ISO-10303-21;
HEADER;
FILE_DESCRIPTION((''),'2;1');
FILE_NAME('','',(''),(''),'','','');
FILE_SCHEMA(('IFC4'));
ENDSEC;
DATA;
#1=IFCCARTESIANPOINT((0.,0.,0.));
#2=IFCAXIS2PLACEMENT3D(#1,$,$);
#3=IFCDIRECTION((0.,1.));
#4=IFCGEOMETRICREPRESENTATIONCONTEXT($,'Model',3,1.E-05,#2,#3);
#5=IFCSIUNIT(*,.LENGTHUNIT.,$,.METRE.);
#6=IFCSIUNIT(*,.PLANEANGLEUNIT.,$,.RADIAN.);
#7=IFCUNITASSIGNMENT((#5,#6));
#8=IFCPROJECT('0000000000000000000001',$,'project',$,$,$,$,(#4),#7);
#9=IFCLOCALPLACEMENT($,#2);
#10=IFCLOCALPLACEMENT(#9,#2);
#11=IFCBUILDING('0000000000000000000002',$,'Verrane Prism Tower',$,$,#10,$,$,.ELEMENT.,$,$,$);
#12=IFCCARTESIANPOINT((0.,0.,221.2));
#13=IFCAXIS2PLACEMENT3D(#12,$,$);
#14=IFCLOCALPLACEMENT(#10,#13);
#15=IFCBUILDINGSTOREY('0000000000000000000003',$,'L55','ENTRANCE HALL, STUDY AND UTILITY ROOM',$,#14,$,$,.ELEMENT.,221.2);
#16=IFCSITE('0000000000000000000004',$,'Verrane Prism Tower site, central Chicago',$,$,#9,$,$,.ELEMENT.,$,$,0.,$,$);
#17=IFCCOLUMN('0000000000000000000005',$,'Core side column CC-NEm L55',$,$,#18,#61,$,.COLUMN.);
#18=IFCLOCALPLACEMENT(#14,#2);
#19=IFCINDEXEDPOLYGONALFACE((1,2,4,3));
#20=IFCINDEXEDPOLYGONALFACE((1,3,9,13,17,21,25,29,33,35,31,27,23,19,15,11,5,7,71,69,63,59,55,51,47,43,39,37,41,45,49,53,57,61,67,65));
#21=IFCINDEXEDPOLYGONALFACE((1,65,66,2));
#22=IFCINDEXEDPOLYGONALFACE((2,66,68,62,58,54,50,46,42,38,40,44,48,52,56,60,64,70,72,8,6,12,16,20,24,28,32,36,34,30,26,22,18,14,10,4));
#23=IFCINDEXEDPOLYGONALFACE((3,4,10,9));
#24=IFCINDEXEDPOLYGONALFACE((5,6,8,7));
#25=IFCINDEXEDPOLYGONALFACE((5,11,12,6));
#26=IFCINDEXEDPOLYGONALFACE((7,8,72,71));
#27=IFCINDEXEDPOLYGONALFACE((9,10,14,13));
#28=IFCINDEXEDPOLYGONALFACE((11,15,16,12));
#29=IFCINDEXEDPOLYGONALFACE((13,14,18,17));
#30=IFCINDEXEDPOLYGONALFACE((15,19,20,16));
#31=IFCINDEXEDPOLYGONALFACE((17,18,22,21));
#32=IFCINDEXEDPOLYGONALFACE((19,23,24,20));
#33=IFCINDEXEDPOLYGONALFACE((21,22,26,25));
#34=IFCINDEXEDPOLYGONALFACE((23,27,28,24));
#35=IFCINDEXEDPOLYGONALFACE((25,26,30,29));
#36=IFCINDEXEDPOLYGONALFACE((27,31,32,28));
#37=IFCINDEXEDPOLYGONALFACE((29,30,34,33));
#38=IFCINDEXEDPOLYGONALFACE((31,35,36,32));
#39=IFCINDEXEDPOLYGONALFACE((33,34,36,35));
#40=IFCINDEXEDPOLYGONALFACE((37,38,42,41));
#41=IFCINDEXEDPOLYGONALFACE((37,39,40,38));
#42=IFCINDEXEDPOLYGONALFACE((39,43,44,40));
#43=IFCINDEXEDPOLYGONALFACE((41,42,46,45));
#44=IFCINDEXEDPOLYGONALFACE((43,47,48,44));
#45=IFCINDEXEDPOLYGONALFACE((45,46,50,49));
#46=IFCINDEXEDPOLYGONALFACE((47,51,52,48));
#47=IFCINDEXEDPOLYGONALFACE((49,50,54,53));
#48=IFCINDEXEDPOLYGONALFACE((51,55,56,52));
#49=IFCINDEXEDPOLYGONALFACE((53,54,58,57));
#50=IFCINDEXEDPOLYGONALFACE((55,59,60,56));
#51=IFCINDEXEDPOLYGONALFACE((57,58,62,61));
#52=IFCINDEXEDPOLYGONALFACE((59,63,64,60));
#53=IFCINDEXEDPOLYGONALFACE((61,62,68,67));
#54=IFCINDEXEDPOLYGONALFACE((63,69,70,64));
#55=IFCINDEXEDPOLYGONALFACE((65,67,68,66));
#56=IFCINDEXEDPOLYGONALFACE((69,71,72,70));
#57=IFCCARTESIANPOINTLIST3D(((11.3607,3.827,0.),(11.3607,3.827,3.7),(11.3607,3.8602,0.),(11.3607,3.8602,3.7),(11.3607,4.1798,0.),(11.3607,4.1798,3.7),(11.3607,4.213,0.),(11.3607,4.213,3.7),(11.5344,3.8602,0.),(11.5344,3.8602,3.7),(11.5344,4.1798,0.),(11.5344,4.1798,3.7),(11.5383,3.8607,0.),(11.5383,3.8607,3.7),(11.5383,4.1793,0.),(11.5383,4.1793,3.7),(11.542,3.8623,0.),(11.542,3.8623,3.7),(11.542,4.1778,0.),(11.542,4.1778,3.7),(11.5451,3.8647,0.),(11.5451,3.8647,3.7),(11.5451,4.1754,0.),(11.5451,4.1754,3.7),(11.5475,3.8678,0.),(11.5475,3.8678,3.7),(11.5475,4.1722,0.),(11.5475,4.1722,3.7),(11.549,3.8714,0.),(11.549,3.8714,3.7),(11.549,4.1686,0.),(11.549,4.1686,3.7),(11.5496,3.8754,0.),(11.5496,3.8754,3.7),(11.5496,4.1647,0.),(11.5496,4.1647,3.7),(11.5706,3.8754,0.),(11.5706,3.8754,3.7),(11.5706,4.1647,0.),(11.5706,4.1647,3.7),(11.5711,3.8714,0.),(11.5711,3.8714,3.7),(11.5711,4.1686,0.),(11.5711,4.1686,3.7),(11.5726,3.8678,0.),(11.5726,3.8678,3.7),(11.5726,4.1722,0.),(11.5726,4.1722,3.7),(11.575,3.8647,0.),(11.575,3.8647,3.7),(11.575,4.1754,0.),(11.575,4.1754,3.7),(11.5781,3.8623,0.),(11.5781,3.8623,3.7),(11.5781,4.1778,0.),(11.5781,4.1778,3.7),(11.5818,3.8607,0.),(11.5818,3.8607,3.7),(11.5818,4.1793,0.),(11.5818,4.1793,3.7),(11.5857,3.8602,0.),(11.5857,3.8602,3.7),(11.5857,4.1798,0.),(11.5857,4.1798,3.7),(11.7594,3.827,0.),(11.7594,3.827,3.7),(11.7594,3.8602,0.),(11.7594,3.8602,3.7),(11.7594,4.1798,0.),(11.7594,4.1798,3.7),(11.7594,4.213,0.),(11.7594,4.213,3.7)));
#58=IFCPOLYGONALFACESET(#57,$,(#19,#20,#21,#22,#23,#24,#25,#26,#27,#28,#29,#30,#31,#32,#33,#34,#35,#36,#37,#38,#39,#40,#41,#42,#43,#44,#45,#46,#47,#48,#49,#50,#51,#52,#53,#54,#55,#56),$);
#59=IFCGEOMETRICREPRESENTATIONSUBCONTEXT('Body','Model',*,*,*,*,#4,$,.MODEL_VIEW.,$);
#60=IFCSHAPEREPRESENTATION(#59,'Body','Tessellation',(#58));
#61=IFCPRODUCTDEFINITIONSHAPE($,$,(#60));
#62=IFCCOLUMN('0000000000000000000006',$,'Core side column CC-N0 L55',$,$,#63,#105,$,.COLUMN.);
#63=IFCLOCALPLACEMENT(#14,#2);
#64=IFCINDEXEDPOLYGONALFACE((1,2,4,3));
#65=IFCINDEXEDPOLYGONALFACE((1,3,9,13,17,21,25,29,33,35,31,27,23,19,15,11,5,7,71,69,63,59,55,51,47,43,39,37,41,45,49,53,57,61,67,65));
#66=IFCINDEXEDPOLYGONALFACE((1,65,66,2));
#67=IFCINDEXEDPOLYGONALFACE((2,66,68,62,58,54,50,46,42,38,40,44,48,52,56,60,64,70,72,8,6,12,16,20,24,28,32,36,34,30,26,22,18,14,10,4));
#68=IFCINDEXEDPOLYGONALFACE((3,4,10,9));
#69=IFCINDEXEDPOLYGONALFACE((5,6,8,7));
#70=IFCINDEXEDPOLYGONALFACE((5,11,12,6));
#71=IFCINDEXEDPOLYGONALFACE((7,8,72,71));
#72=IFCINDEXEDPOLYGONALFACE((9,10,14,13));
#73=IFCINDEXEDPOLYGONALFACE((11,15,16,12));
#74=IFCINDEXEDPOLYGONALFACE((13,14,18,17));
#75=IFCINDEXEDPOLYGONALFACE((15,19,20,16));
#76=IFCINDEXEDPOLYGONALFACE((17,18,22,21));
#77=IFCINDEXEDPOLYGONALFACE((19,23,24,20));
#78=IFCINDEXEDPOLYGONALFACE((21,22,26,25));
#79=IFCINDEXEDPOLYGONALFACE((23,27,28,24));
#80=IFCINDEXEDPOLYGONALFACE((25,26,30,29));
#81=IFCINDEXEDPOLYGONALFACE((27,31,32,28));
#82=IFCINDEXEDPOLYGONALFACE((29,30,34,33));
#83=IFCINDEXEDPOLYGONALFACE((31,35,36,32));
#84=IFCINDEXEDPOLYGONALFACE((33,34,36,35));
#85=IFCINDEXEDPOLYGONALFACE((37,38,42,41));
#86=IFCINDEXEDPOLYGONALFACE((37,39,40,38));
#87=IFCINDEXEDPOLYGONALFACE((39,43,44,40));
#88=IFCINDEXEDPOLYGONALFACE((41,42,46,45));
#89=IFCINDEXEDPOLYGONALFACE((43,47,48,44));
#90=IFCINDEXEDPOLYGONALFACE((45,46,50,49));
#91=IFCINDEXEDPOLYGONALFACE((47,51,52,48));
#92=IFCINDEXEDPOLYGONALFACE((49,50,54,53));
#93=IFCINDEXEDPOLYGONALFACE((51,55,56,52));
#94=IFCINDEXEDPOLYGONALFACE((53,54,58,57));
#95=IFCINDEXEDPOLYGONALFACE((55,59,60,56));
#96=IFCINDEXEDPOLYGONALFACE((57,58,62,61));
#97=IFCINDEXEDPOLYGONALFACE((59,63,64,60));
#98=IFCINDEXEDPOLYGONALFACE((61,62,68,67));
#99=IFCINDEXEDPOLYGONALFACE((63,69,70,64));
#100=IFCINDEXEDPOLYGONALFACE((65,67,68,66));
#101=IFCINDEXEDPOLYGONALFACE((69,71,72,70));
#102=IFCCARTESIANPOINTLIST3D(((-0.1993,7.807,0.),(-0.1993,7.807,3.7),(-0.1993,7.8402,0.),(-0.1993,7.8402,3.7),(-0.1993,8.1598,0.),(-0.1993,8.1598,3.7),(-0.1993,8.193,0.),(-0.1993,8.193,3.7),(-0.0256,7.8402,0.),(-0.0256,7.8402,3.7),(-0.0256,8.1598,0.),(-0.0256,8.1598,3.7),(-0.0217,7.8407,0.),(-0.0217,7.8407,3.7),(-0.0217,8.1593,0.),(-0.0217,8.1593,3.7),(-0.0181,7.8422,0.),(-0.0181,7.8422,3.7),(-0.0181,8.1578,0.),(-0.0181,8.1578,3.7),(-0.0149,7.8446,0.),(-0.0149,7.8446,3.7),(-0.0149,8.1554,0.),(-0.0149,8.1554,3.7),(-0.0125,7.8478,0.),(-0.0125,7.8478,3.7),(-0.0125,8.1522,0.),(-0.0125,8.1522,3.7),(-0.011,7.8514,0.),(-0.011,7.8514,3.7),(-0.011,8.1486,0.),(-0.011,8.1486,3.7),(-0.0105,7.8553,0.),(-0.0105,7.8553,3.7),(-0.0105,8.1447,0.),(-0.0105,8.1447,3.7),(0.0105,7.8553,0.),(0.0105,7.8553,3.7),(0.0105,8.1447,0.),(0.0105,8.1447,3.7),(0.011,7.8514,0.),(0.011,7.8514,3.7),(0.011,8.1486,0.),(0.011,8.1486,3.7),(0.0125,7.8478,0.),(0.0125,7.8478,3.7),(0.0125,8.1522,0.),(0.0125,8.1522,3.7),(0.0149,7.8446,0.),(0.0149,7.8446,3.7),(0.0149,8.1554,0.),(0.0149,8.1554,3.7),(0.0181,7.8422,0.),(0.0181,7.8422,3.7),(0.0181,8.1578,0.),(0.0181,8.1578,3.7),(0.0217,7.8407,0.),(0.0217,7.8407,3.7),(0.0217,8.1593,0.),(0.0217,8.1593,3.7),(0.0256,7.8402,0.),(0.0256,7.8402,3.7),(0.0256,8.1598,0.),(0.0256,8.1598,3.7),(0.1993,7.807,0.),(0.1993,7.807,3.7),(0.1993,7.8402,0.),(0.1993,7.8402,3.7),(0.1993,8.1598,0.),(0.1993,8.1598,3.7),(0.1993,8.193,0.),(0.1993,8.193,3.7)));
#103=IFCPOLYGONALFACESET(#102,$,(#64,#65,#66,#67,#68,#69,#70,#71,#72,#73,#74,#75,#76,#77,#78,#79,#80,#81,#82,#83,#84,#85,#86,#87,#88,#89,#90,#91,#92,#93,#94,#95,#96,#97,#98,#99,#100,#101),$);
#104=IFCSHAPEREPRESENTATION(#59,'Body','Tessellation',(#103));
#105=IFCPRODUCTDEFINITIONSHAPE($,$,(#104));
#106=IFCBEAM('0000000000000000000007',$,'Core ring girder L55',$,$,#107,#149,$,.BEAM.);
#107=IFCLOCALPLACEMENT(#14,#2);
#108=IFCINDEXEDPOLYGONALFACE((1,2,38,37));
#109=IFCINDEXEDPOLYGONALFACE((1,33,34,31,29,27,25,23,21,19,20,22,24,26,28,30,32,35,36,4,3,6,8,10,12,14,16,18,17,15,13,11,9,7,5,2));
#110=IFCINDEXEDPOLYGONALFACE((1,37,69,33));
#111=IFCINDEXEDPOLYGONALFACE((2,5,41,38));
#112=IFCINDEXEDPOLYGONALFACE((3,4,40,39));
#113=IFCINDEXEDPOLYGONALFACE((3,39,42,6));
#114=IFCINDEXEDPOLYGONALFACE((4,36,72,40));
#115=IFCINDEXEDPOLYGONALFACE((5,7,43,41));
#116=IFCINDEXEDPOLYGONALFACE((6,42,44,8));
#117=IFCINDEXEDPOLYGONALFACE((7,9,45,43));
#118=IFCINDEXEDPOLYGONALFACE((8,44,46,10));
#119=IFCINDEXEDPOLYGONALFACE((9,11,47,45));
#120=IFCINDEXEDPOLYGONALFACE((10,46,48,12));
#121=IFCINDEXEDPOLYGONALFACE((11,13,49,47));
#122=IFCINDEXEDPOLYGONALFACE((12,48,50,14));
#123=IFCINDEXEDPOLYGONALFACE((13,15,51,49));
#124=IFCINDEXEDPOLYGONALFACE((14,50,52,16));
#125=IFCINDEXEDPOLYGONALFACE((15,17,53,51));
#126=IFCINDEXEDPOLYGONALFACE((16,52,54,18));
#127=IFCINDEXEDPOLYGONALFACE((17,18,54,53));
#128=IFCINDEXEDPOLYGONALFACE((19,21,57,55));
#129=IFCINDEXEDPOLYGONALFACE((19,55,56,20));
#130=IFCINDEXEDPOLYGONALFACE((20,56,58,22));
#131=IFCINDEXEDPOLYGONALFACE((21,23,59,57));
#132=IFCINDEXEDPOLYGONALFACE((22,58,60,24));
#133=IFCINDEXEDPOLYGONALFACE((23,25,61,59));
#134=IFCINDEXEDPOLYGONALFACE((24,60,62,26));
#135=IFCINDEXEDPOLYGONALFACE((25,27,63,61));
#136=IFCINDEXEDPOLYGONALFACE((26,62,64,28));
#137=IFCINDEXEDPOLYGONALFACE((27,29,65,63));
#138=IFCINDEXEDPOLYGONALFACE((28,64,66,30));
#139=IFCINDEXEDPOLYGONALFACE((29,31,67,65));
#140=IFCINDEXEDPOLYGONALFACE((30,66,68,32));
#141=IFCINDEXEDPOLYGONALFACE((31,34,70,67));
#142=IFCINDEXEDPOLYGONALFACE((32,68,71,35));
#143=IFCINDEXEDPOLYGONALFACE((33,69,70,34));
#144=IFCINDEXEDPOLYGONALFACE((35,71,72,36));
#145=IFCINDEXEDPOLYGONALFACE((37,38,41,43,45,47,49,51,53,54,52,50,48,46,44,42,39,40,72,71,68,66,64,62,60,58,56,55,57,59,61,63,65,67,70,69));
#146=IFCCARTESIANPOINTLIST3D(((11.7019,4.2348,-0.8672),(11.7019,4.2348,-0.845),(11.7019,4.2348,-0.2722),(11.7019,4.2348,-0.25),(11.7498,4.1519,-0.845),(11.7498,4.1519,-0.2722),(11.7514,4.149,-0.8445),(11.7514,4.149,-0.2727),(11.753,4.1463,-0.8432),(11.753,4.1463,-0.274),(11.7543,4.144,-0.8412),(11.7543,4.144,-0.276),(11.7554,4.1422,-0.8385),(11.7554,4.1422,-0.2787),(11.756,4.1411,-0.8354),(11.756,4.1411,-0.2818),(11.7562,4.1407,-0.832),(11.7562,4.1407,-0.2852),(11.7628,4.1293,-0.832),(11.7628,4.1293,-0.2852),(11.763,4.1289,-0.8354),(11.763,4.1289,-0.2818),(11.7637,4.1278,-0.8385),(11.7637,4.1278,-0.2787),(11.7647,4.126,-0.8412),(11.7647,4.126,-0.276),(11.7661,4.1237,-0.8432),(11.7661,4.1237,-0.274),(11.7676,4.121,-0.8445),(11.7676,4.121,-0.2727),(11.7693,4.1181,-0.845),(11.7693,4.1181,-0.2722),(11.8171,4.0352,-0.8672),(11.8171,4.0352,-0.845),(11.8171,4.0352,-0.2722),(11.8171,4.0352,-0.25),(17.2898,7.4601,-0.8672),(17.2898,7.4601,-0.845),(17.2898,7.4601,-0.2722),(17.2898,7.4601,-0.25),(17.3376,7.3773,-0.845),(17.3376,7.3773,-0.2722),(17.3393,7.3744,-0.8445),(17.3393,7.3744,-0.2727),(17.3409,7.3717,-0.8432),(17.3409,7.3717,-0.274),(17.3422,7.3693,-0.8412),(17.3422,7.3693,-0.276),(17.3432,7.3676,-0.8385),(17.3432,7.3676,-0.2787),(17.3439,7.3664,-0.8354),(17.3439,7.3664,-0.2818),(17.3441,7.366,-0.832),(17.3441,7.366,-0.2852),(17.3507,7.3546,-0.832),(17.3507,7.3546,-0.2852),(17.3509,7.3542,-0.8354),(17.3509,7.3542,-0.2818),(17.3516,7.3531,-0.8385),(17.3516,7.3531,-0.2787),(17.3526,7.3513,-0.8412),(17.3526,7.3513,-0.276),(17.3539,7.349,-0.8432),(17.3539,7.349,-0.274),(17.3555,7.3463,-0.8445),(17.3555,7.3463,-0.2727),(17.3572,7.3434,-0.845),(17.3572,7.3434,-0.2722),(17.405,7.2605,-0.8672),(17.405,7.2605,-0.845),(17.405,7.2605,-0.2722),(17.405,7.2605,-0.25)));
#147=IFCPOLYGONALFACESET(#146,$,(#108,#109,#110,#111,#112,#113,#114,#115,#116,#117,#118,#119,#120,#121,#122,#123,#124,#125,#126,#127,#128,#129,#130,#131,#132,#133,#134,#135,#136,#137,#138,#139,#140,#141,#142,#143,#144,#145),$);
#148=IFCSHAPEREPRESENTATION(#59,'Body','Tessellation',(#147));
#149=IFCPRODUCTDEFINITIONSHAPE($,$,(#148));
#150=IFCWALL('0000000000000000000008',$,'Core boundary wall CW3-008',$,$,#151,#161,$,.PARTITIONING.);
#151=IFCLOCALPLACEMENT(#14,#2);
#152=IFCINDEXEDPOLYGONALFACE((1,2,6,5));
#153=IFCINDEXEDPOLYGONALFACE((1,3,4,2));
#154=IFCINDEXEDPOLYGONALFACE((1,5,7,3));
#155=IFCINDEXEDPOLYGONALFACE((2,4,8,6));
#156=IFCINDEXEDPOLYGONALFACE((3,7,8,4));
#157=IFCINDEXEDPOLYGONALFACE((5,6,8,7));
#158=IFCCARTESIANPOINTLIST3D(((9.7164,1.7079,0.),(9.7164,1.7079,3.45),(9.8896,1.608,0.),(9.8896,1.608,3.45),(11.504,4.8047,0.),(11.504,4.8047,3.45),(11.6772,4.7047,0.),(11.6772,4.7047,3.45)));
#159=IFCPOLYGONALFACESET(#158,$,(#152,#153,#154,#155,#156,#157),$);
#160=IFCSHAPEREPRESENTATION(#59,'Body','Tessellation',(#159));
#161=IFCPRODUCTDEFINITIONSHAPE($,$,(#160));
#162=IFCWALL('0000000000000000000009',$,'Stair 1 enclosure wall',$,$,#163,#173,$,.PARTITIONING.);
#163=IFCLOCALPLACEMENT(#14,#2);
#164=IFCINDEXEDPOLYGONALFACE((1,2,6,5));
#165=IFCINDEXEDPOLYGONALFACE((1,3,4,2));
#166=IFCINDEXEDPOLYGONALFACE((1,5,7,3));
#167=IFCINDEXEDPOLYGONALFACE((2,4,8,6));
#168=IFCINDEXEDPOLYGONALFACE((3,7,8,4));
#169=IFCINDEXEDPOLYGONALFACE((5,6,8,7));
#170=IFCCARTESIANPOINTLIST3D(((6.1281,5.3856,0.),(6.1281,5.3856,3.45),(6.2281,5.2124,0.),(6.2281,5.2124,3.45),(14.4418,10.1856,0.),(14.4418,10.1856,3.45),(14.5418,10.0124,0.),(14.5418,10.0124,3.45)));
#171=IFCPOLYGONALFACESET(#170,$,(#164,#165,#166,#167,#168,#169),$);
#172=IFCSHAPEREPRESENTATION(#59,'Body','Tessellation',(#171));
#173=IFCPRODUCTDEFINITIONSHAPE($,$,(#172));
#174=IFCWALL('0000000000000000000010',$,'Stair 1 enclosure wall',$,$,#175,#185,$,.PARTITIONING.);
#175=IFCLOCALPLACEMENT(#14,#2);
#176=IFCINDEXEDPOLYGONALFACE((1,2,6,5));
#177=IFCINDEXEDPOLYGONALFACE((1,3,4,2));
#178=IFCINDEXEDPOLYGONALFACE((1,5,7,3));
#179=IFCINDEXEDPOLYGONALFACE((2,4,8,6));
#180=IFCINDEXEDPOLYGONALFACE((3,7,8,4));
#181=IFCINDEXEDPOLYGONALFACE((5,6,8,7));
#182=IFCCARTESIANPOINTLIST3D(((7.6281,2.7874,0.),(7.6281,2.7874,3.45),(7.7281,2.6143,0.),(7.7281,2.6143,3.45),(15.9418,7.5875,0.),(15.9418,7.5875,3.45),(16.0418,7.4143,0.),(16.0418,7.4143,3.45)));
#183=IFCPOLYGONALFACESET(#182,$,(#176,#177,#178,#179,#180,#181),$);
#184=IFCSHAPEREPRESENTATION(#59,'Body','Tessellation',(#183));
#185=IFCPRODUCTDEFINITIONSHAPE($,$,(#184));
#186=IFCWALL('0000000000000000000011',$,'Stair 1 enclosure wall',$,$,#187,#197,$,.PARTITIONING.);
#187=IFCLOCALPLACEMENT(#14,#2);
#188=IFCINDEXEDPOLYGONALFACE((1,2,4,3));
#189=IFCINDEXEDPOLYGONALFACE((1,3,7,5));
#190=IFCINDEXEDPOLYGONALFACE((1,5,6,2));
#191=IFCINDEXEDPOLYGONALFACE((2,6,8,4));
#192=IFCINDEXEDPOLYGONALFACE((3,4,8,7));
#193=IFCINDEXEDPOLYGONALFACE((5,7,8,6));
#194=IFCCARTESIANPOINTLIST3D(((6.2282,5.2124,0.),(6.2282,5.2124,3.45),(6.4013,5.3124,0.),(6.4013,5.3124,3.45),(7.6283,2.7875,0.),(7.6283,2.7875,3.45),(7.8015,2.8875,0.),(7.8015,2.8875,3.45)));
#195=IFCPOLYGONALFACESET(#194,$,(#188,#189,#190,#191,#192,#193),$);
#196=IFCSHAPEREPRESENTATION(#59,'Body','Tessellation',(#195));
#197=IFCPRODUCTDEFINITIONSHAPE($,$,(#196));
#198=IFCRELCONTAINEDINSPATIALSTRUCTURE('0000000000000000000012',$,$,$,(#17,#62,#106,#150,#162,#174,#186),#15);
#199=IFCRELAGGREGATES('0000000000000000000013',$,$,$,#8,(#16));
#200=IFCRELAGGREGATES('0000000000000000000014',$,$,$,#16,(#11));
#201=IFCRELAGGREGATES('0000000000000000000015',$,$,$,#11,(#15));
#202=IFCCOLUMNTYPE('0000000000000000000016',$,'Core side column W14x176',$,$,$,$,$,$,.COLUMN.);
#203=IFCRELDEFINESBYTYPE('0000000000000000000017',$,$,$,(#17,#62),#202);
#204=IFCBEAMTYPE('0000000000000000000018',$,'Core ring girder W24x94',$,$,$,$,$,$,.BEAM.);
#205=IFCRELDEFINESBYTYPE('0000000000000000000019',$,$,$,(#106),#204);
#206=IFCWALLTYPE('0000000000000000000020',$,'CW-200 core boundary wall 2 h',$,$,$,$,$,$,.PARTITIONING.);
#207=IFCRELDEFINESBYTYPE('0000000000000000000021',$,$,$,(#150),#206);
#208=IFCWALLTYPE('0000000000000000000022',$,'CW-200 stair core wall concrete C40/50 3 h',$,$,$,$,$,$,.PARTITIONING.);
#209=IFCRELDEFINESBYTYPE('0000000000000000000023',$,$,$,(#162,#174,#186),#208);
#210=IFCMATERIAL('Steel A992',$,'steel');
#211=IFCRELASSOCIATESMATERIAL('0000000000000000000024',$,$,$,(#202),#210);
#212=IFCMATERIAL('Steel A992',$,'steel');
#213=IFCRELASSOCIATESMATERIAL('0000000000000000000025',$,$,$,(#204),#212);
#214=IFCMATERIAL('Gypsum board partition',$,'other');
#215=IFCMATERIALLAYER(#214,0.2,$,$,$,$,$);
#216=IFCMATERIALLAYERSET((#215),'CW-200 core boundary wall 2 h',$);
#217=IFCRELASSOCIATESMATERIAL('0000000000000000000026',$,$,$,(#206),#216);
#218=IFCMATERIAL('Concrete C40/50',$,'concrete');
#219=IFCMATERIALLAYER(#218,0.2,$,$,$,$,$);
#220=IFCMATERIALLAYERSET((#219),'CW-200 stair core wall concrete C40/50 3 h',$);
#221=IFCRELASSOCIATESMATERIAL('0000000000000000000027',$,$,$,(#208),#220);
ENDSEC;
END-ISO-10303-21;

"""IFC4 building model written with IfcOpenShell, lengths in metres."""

from ifc_helpers import new_model, si_unit, direction, frame, frame_2d, origin, origin_2d, place, context, subcontext, project, spatial, rectangle, i_section, extrude, material, layer, layer_set, material_profile, profile_set, type_object, element, save


model = new_model("IFC4")

# Units and contexts
model_context = context("Model", 3, precision=1e-05, world=origin(), true_north=direction((0.0, 1.0)))
body_context = subcontext(model_context, "Body", "Model", "MODEL_VIEW")
ifc_project = project(units=[si_unit("LENGTHUNIT", "METRE"), si_unit("PLANEANGLEUNIT", "RADIAN")], contexts=[model_context])

# Site, building, storey
site_placement = place(None, origin())
site = spatial("IfcSite", under=ifc_project, at=site_placement, Name="Verrane Prism Tower site, central Chicago", CompositionType="ELEMENT", RefElevation=0.0)
building_placement = place(site_placement, origin())
building = spatial("IfcBuilding", under=site, at=building_placement, Name="Verrane Prism Tower", CompositionType="ELEMENT")
storey_placement = place(building_placement, frame((0.0, 0.0, 221.2)))
storey = spatial("IfcBuildingStorey", under=building, at=storey_placement, Name="L55", Description="ENTRANCE HALL, STUDY AND UTILITY ROOM", CompositionType="ELEMENT", Elevation=221.2)

# Columns
ifc_material_1 = material(Name="Steel A992", Category="steel")
ifc_material_profile_1 = material_profile(ifc_material_1, i_section(OverallWidth=0.3987, OverallDepth=0.386, WebThickness=0.021, FlangeThickness=0.0332, FilletRadius=0.0151, at=origin_2d()), Name="W14x176")
ifc_profile_set_1 = profile_set([ifc_material_profile_1], Name="Steel A992")
column_type = type_object("IfcColumnType", Name="Core side column W14x176", PredefinedType="COLUMN", material=ifc_profile_set_1)
for number, where, z_axis, x_axis, name in (
    (1, (11.5601, 4.02, 0.0), (0.0, 0.0, 1.0), (1.0, 0.0, 0.0), "Core side column CC-NEm L55"),
    (2, (0.0, 8.0, 0.0), (0.0, 0.0, 1.0), (1.0, 0.0, 0.0), "Core side column CC-N0 L55"),
):
    element("IfcColumn", number, at=place(storey_placement, frame(where, z_axis=z_axis, x_axis=x_axis)), inside=storey, type_object=column_type, Name=name, PredefinedType="COLUMN", context=body_context, shape_type="SweptSolid", body=[
        extrude(i_section(OverallWidth=0.3987, OverallDepth=0.386, WebThickness=0.021, FlangeThickness=0.0332, FilletRadius=0.0151, at=origin_2d()), origin(), (0.0, 0.0, 1.0), 3.7),
    ])

# Beam
ifc_material_2 = material(Name="Steel A992", Category="steel")
ifc_material_profile_2 = material_profile(ifc_material_2, i_section(OverallWidth=0.2305, OverallDepth=0.6172, WebThickness=0.0132, FlangeThickness=0.0222, FilletRadius=0.0129, at=origin_2d()), Name="W24x94")
ifc_profile_set_2 = profile_set([ifc_material_profile_2], Name="Steel A992")
beam_type = type_object("IfcBeamType", Name="Core ring girder W24x94", PredefinedType="BEAM", material=ifc_profile_set_2)
beam_placement = place(storey_placement, frame((11.7595, 4.135, -0.5586), z_axis=(0.866081, 0.499904, 0.0), x_axis=(-0.499904, 0.866081, 0.0)))
element("IfcBeam", 3, at=beam_placement, inside=storey, type_object=beam_type, Name="Core ring girder L55", PredefinedType="BEAM", context=body_context, shape_type="SweptSolid", body=[
    extrude(i_section(OverallWidth=0.2305, OverallDepth=0.6172, WebThickness=0.0132, FlangeThickness=0.0222, FilletRadius=0.0129, at=origin_2d()), origin(), (0.0, 0.0, 1.0), 6.4519),
])

# Walls
ifc_material_3 = material(Name="Gypsum board partition", Category="other")
ifc_layer_1 = layer(ifc_material_3, 0.2)
ifc_layer_set_1 = layer_set([ifc_layer_1], Name="CW-200 core boundary wall 2 h")
wall_type_1 = type_object("IfcWallType", Name="CW-200 core boundary wall 2 h", PredefinedType="PARTITIONING", material=ifc_layer_set_1)
wall_1_placement = place(storey_placement, frame((9.803, 1.658, 0.0), z_axis=(0.0, 0.0, 1.0), x_axis=(0.499943, 0.866058, 0.0)))
element("IfcWall", 4, at=wall_1_placement, inside=storey, type_object=wall_type_1, Name="Core boundary wall CW3-008", PredefinedType="PARTITIONING", context=body_context, shape_type="SweptSolid", body=[
    extrude(rectangle(XDim=3.5757, YDim=0.2, at=frame_2d((1.7878, 0.0))), origin(), (0.0, 0.0, 1.0), 3.45),
])
ifc_material_4 = material(Name="Concrete C40/50", Category="concrete")
ifc_layer_2 = layer(ifc_material_4, 0.2)
ifc_layer_set_2 = layer_set([ifc_layer_2], Name="CW-200 stair core wall concrete C40/50 3 h")
wall_type_2 = type_object("IfcWallType", Name="CW-200 stair core wall concrete C40/50 3 h", PredefinedType="PARTITIONING", material=ifc_layer_set_2)
for number, where, z_axis, x_axis, name in (
    (5, (6.1782, 5.2991, 0.0), (0.0, 0.0, 1.0), (0.86602, 0.500009, 0.0), "Stair 1 enclosure wall"),
    (6, (7.6782, 2.7009, 0.0), (0.0, 0.0, 1.0), (0.86602, 0.500009, 0.0), "Stair 1 enclosure wall"),
):
    element("IfcWall", number, at=place(storey_placement, frame(where, z_axis=z_axis, x_axis=x_axis)), inside=storey, type_object=wall_type_2, Name=name, PredefinedType="PARTITIONING", context=body_context, shape_type="SweptSolid", body=[
        extrude(rectangle(XDim=9.5999, YDim=0.2, at=frame_2d((4.7998, 0.0))), origin(), (0.0, 0.0, 1.0), 3.45),
    ])
wall_2_placement = place(storey_placement, frame((7.7148, 2.8376, 0.0), z_axis=(0.0, 0.0, 1.0), x_axis=(-0.50005, 0.865997, 0.0)))
element("IfcWall", 7, at=wall_2_placement, inside=storey, type_object=wall_type_2, Name="Stair 1 enclosure wall", PredefinedType="PARTITIONING", context=body_context, shape_type="SweptSolid", body=[
    extrude(rectangle(XDim=2.8, YDim=0.2, at=frame_2d((1.3999, 0.0))), origin(), (0.0, 0.0, 1.0), 3.45),
])

save(model, "model.ifc")
